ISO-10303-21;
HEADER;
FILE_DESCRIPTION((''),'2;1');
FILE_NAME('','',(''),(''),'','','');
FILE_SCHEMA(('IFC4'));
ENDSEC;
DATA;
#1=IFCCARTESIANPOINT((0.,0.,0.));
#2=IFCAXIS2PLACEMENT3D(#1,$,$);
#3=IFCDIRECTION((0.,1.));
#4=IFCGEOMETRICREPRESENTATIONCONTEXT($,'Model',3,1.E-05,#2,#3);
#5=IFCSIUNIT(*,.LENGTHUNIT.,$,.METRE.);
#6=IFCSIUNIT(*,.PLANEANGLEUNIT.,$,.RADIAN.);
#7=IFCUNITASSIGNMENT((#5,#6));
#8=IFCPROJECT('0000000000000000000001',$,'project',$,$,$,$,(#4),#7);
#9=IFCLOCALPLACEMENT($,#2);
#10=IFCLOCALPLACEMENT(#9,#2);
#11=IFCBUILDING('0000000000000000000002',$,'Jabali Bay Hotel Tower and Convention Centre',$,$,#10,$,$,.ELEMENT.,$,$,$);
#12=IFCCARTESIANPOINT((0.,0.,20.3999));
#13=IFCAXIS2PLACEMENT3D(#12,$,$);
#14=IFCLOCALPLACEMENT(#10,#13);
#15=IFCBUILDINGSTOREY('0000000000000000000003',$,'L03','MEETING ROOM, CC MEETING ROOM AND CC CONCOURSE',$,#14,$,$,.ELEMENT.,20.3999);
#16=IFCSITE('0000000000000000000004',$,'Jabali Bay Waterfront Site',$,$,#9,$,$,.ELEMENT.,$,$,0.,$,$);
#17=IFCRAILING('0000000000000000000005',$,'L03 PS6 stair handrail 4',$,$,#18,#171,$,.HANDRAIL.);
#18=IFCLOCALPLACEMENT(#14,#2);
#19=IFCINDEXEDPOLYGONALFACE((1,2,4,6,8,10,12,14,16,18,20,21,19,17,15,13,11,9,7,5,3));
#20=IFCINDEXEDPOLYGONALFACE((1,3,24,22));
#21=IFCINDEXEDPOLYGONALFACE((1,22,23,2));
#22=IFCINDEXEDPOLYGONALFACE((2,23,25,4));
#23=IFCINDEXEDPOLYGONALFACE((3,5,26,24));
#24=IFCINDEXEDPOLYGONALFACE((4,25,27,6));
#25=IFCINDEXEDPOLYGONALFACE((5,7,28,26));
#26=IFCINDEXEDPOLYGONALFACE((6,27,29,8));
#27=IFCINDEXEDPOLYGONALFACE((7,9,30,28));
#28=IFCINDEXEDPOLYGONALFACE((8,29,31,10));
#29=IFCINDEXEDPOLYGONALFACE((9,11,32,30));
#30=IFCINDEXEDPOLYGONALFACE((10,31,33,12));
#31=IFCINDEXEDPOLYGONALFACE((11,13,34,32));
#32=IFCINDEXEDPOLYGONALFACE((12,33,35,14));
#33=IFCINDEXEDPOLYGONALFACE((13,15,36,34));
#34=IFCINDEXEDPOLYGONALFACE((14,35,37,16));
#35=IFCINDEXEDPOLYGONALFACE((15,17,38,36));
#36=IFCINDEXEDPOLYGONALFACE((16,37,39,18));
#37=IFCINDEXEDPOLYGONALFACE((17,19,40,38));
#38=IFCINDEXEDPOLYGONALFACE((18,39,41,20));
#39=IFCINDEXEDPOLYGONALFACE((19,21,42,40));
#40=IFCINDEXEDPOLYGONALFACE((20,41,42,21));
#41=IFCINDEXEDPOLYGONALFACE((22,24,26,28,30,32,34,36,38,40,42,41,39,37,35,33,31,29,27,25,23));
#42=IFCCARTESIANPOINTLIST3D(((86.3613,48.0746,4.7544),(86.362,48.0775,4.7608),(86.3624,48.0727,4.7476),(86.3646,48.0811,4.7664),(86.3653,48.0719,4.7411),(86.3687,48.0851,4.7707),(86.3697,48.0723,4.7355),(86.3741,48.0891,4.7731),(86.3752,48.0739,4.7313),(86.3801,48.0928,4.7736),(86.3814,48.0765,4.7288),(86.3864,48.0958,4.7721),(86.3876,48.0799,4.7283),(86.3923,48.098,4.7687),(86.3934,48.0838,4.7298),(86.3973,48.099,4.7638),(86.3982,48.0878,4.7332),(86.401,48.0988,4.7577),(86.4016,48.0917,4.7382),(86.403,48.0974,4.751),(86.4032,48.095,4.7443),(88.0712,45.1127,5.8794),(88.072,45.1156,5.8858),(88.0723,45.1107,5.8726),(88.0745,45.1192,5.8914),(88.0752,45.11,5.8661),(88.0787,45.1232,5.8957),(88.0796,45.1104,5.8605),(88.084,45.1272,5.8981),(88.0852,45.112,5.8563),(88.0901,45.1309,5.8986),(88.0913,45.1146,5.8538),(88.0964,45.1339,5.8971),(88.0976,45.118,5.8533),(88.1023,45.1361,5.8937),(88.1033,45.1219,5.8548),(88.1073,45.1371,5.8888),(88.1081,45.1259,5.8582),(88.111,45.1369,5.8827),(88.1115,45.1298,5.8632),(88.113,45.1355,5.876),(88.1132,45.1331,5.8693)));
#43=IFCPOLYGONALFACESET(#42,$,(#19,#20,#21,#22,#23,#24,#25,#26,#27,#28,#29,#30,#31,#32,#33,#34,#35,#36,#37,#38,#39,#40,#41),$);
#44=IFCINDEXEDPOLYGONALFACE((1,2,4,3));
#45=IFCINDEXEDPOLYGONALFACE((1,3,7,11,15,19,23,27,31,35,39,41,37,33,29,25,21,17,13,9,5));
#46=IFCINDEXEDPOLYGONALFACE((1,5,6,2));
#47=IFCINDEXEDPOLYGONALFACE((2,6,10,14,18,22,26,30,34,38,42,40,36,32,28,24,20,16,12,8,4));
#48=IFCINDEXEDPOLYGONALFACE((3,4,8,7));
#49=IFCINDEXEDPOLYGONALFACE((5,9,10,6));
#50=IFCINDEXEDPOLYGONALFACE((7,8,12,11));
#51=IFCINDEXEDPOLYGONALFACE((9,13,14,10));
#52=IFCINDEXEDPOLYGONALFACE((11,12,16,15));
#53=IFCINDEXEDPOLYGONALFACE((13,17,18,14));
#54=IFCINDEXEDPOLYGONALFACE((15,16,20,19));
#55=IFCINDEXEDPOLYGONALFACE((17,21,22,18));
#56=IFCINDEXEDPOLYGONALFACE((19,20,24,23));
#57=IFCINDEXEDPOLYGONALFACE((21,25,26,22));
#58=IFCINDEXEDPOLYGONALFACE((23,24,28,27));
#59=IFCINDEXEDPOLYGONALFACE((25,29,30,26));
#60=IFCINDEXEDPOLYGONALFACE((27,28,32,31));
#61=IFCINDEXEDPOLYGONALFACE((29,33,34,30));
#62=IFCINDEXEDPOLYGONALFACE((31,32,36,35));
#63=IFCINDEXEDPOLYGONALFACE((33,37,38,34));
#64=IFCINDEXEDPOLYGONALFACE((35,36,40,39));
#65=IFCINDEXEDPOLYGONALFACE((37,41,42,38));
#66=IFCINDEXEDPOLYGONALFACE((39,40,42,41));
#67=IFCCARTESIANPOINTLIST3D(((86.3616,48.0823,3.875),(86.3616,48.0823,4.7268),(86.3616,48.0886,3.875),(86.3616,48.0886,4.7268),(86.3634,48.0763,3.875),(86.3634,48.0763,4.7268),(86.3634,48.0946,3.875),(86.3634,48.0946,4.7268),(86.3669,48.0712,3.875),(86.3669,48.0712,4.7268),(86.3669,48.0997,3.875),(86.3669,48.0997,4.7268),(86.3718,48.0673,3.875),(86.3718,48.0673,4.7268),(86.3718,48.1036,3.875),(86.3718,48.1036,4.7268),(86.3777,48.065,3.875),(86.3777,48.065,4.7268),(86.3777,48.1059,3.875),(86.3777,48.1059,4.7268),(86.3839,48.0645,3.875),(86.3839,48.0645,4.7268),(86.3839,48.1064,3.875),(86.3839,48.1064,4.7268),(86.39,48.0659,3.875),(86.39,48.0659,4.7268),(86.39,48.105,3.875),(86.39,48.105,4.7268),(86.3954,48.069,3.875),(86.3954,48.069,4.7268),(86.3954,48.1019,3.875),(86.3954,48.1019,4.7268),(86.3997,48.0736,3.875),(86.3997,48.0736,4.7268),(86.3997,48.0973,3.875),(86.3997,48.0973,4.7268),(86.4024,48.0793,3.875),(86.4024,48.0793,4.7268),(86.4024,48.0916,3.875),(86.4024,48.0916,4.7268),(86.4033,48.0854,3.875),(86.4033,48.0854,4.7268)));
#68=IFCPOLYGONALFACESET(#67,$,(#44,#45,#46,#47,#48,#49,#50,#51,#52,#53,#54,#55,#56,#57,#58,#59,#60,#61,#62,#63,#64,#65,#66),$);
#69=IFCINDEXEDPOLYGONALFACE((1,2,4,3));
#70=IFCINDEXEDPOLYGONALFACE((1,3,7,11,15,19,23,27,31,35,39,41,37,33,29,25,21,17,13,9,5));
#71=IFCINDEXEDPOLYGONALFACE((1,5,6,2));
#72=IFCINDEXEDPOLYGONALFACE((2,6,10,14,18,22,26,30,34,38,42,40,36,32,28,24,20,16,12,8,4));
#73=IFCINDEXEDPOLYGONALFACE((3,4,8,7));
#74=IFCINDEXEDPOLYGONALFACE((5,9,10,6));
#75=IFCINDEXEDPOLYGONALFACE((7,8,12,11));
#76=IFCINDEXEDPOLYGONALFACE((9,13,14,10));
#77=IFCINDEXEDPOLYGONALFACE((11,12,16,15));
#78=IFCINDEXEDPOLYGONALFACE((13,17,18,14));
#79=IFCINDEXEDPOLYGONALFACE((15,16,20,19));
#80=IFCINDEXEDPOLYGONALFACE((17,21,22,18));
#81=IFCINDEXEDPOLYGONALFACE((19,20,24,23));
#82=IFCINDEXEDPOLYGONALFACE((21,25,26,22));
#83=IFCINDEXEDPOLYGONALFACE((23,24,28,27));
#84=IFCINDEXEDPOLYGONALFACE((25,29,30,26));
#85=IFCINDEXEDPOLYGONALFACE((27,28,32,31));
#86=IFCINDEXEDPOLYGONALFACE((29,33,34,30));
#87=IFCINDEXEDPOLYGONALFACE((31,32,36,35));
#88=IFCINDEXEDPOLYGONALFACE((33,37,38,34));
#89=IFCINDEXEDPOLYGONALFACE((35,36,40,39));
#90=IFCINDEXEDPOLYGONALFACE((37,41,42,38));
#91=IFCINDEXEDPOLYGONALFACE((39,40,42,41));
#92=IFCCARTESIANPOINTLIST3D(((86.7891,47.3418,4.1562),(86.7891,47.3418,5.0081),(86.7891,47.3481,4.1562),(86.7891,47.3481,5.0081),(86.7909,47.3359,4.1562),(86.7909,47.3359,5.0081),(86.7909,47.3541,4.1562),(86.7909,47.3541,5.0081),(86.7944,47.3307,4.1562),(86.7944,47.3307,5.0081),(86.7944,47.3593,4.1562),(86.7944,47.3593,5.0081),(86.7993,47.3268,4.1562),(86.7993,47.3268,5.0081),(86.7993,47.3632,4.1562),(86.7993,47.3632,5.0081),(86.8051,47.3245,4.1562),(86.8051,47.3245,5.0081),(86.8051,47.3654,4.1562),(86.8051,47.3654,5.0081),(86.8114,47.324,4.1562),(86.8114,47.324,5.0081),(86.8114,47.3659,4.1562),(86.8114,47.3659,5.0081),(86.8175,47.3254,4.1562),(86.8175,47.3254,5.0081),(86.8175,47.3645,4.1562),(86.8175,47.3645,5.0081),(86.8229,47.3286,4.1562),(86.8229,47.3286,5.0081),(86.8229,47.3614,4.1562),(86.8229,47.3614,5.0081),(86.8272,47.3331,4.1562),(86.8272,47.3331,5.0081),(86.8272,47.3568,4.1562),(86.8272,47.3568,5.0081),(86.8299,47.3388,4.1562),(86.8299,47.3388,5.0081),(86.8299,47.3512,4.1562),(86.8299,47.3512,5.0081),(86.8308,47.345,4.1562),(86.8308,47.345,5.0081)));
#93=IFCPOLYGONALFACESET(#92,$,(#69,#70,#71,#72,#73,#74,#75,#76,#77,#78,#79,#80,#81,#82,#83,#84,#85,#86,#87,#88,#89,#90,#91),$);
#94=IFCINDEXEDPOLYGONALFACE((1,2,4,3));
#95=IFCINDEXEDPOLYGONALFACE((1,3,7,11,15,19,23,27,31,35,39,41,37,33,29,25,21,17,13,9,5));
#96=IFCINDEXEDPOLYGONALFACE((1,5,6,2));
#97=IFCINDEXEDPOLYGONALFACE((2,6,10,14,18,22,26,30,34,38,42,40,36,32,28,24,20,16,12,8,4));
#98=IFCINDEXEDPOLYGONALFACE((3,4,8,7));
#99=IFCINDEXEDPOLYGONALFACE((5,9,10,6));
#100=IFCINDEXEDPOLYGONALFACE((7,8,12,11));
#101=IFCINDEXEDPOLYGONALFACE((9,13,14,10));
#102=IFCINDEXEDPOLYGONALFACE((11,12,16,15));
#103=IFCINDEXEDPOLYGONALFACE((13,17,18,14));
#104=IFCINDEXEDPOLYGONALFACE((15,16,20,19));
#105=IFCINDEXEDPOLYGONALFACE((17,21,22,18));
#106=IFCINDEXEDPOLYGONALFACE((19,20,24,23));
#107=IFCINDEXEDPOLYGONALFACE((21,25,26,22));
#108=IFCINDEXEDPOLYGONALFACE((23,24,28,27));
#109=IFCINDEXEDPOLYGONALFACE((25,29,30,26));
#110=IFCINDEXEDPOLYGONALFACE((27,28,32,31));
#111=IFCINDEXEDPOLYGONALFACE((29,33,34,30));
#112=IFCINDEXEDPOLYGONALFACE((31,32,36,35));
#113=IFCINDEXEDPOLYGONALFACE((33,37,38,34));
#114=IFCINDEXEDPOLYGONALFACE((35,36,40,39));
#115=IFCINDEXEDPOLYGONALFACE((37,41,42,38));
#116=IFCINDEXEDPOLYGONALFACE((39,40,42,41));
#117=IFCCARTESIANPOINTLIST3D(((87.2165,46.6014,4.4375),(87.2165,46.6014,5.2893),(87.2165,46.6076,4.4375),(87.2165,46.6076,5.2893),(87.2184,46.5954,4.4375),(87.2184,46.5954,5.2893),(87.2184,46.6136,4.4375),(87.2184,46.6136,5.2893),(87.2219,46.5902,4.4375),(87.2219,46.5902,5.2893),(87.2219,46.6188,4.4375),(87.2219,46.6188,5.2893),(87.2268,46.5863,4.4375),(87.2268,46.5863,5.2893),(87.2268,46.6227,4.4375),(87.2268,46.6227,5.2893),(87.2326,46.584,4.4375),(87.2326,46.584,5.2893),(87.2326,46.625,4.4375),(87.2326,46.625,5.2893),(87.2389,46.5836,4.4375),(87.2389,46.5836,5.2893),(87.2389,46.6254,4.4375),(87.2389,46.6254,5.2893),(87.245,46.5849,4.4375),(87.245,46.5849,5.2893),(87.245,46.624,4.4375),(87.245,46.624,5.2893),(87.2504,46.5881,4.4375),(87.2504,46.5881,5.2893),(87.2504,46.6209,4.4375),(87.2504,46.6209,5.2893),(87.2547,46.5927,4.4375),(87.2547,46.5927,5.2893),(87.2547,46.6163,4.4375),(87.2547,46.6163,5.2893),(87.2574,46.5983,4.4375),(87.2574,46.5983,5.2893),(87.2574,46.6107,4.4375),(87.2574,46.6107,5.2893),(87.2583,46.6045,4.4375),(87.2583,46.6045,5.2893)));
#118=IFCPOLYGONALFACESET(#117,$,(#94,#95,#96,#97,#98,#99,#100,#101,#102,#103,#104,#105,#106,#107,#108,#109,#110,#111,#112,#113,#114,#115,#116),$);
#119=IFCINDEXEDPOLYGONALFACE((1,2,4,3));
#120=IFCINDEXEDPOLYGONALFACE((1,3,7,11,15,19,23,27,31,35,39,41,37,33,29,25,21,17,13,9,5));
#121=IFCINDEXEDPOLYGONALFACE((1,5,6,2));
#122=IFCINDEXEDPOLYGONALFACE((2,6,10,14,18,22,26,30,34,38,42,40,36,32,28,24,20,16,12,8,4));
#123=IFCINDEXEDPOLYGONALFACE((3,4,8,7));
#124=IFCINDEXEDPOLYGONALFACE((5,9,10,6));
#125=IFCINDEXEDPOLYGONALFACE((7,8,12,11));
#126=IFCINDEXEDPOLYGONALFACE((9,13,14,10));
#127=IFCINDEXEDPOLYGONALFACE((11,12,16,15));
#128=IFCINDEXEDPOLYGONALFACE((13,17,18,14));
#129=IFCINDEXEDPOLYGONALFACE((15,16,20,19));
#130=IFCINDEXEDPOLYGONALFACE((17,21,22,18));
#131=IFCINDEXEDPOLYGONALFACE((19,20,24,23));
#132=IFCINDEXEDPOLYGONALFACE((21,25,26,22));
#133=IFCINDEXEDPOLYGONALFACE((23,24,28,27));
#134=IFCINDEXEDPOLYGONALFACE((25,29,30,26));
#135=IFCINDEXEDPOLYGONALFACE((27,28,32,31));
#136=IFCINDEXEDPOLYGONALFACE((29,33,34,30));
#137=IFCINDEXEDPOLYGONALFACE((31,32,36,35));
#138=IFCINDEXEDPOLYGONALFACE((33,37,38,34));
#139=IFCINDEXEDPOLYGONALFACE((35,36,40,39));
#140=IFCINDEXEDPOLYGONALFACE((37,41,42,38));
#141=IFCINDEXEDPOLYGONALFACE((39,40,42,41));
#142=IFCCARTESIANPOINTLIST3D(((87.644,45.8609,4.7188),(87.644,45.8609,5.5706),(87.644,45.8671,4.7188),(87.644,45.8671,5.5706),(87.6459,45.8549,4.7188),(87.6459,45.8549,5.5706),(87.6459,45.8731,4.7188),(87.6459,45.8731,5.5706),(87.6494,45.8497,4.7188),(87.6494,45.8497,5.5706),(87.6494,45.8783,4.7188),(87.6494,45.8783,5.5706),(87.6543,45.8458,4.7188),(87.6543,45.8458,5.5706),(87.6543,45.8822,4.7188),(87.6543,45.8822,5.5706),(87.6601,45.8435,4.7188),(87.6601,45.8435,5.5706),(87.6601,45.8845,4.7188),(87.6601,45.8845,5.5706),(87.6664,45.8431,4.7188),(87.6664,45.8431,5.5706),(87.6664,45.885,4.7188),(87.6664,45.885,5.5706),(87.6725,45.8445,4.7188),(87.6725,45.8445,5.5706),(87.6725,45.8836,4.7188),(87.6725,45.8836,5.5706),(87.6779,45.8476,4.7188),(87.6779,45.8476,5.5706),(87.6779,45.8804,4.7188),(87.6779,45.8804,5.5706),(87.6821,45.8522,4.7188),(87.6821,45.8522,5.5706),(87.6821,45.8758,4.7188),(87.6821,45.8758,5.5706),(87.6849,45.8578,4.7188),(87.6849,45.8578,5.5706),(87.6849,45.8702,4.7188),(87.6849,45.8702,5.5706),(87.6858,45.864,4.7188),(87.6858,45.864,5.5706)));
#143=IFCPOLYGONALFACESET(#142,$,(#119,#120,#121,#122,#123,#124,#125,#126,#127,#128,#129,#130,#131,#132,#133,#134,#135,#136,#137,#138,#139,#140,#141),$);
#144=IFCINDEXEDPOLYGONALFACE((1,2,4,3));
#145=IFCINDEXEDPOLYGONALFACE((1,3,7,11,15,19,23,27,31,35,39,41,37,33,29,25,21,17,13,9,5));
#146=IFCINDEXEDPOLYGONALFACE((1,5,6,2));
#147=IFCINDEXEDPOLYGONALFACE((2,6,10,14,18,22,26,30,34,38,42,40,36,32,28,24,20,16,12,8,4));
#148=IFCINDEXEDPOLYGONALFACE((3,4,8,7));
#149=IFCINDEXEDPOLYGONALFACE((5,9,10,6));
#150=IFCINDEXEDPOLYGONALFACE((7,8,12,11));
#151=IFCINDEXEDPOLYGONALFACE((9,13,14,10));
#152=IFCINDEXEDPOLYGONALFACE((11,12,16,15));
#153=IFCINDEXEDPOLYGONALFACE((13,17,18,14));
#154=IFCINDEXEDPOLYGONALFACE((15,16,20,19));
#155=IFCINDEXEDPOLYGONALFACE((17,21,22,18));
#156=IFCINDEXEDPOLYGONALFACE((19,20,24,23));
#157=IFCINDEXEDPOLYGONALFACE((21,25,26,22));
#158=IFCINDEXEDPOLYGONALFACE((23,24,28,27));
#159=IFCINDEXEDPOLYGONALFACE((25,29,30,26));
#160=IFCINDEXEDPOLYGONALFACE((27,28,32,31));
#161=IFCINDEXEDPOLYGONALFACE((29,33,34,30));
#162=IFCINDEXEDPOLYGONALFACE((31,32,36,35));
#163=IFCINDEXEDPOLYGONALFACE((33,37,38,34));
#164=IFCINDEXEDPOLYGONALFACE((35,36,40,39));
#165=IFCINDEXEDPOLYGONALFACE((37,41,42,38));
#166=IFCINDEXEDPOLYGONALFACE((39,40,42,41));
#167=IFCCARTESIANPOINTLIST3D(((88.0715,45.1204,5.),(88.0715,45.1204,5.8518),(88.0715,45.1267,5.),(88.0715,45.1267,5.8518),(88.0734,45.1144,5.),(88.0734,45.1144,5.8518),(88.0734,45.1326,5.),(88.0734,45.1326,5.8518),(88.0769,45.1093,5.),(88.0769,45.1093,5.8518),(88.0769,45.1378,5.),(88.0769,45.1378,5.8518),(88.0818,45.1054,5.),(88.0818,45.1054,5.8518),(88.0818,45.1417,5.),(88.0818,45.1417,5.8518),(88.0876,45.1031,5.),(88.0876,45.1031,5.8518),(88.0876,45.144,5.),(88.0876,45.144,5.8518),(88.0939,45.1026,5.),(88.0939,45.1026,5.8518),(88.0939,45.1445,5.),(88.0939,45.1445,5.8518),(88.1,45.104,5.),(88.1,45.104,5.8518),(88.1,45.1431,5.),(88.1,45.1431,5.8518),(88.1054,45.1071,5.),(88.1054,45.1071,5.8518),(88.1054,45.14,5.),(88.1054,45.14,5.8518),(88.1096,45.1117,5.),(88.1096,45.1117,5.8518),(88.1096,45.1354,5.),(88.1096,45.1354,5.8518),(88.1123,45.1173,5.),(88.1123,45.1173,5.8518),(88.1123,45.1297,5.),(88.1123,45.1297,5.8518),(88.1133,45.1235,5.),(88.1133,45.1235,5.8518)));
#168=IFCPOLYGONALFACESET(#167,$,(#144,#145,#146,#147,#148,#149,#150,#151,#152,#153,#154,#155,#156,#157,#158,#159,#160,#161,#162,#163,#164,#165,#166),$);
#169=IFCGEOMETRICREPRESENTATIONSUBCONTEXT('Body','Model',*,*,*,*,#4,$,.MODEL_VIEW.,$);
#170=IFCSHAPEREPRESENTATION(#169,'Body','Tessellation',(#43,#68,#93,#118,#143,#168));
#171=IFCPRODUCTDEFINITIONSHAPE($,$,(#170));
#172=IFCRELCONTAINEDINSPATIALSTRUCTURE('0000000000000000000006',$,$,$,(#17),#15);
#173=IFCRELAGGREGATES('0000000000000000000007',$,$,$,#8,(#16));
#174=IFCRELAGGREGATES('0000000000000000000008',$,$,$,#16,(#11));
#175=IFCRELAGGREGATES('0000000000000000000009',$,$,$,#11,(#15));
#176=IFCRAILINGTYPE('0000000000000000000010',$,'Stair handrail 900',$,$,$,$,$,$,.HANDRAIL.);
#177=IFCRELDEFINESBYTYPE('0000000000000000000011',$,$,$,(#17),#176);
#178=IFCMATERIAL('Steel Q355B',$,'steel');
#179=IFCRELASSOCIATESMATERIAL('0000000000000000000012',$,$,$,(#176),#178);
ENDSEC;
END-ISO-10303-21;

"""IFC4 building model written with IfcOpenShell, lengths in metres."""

from ifc_helpers import new_model, si_unit, direction, frame, origin, origin_2d, place, context, subcontext, project, spatial, circle, extrude, material, type_object, element, save


model = new_model("IFC4")

# Units and contexts
model_context = context("Model", 3, precision=1e-05, world=origin(), true_north=direction((0.0, 1.0)))
body_context = subcontext(model_context, "Body", "Model", "MODEL_VIEW")
ifc_project = project(units=[si_unit("LENGTHUNIT", "METRE"), si_unit("PLANEANGLEUNIT", "RADIAN")], contexts=[model_context])

# Site, building, storey
site_placement = place(None, origin())
site = spatial("IfcSite", under=ifc_project, at=site_placement, Name="Jabali Bay Waterfront Site", CompositionType="ELEMENT", RefElevation=0.0)
building_placement = place(site_placement, origin())
building = spatial("IfcBuilding", under=site, at=building_placement, Name="Jabali Bay Hotel Tower and Convention Centre", CompositionType="ELEMENT")
storey_placement = place(building_placement, frame((0.0, 0.0, 20.3999)))
storey = spatial("IfcBuildingStorey", under=building, at=storey_placement, Name="L03", Description="MEETING ROOM, CC MEETING ROOM AND CC CONCOURSE", CompositionType="ELEMENT", Elevation=20.3999)

# Railing
ifc_material_1 = material(Name="Steel Q355B", Category="steel")
railing_type = type_object("IfcRailingType", Name="Stair handrail 900", PredefinedType="HANDRAIL", material=ifc_material_1)
for number, where, name in (
    (1, (86.3823, 48.0854, 3.875), "L03 PS6 stair handrail 4"),
):
    element("IfcRailing", number, at=place(storey_placement, frame(where)), inside=storey, type_object=railing_type, Name=name, PredefinedType="HANDRAIL", context=body_context, shape_type="SweptSolid", body=[
        extrude(circle(Radius=0.0239, at=origin_2d()), frame((0.0, 0.0, 0.876), z_axis=(0.474943, -0.822674, 0.31247), x_axis=(0.866038, 0.499978, 0.0)), (0.0, 0.0, 1.0), 3.6003),
        extrude(circle(Radius=0.021, at=origin_2d()), origin(), (0.0, 0.0, 1.0), 0.8518),
        extrude(circle(Radius=0.021, at=origin_2d()), frame((0.4275, -0.7405, 0.2812)), (0.0, 0.0, 1.0), 0.8518),
        extrude(circle(Radius=0.021, at=origin_2d()), frame((0.855, -1.481, 0.5625)), (0.0, 0.0, 1.0), 0.8518),
        extrude(circle(Radius=0.021, at=origin_2d()), frame((1.2825, -2.2214, 0.8438)), (0.0, 0.0, 1.0), 0.8518),
        extrude(circle(Radius=0.021, at=origin_2d()), frame((1.71, -2.9619, 1.125)), (0.0, 0.0, 1.0), 0.8518),
    ])

save(model, "model.ifc")
